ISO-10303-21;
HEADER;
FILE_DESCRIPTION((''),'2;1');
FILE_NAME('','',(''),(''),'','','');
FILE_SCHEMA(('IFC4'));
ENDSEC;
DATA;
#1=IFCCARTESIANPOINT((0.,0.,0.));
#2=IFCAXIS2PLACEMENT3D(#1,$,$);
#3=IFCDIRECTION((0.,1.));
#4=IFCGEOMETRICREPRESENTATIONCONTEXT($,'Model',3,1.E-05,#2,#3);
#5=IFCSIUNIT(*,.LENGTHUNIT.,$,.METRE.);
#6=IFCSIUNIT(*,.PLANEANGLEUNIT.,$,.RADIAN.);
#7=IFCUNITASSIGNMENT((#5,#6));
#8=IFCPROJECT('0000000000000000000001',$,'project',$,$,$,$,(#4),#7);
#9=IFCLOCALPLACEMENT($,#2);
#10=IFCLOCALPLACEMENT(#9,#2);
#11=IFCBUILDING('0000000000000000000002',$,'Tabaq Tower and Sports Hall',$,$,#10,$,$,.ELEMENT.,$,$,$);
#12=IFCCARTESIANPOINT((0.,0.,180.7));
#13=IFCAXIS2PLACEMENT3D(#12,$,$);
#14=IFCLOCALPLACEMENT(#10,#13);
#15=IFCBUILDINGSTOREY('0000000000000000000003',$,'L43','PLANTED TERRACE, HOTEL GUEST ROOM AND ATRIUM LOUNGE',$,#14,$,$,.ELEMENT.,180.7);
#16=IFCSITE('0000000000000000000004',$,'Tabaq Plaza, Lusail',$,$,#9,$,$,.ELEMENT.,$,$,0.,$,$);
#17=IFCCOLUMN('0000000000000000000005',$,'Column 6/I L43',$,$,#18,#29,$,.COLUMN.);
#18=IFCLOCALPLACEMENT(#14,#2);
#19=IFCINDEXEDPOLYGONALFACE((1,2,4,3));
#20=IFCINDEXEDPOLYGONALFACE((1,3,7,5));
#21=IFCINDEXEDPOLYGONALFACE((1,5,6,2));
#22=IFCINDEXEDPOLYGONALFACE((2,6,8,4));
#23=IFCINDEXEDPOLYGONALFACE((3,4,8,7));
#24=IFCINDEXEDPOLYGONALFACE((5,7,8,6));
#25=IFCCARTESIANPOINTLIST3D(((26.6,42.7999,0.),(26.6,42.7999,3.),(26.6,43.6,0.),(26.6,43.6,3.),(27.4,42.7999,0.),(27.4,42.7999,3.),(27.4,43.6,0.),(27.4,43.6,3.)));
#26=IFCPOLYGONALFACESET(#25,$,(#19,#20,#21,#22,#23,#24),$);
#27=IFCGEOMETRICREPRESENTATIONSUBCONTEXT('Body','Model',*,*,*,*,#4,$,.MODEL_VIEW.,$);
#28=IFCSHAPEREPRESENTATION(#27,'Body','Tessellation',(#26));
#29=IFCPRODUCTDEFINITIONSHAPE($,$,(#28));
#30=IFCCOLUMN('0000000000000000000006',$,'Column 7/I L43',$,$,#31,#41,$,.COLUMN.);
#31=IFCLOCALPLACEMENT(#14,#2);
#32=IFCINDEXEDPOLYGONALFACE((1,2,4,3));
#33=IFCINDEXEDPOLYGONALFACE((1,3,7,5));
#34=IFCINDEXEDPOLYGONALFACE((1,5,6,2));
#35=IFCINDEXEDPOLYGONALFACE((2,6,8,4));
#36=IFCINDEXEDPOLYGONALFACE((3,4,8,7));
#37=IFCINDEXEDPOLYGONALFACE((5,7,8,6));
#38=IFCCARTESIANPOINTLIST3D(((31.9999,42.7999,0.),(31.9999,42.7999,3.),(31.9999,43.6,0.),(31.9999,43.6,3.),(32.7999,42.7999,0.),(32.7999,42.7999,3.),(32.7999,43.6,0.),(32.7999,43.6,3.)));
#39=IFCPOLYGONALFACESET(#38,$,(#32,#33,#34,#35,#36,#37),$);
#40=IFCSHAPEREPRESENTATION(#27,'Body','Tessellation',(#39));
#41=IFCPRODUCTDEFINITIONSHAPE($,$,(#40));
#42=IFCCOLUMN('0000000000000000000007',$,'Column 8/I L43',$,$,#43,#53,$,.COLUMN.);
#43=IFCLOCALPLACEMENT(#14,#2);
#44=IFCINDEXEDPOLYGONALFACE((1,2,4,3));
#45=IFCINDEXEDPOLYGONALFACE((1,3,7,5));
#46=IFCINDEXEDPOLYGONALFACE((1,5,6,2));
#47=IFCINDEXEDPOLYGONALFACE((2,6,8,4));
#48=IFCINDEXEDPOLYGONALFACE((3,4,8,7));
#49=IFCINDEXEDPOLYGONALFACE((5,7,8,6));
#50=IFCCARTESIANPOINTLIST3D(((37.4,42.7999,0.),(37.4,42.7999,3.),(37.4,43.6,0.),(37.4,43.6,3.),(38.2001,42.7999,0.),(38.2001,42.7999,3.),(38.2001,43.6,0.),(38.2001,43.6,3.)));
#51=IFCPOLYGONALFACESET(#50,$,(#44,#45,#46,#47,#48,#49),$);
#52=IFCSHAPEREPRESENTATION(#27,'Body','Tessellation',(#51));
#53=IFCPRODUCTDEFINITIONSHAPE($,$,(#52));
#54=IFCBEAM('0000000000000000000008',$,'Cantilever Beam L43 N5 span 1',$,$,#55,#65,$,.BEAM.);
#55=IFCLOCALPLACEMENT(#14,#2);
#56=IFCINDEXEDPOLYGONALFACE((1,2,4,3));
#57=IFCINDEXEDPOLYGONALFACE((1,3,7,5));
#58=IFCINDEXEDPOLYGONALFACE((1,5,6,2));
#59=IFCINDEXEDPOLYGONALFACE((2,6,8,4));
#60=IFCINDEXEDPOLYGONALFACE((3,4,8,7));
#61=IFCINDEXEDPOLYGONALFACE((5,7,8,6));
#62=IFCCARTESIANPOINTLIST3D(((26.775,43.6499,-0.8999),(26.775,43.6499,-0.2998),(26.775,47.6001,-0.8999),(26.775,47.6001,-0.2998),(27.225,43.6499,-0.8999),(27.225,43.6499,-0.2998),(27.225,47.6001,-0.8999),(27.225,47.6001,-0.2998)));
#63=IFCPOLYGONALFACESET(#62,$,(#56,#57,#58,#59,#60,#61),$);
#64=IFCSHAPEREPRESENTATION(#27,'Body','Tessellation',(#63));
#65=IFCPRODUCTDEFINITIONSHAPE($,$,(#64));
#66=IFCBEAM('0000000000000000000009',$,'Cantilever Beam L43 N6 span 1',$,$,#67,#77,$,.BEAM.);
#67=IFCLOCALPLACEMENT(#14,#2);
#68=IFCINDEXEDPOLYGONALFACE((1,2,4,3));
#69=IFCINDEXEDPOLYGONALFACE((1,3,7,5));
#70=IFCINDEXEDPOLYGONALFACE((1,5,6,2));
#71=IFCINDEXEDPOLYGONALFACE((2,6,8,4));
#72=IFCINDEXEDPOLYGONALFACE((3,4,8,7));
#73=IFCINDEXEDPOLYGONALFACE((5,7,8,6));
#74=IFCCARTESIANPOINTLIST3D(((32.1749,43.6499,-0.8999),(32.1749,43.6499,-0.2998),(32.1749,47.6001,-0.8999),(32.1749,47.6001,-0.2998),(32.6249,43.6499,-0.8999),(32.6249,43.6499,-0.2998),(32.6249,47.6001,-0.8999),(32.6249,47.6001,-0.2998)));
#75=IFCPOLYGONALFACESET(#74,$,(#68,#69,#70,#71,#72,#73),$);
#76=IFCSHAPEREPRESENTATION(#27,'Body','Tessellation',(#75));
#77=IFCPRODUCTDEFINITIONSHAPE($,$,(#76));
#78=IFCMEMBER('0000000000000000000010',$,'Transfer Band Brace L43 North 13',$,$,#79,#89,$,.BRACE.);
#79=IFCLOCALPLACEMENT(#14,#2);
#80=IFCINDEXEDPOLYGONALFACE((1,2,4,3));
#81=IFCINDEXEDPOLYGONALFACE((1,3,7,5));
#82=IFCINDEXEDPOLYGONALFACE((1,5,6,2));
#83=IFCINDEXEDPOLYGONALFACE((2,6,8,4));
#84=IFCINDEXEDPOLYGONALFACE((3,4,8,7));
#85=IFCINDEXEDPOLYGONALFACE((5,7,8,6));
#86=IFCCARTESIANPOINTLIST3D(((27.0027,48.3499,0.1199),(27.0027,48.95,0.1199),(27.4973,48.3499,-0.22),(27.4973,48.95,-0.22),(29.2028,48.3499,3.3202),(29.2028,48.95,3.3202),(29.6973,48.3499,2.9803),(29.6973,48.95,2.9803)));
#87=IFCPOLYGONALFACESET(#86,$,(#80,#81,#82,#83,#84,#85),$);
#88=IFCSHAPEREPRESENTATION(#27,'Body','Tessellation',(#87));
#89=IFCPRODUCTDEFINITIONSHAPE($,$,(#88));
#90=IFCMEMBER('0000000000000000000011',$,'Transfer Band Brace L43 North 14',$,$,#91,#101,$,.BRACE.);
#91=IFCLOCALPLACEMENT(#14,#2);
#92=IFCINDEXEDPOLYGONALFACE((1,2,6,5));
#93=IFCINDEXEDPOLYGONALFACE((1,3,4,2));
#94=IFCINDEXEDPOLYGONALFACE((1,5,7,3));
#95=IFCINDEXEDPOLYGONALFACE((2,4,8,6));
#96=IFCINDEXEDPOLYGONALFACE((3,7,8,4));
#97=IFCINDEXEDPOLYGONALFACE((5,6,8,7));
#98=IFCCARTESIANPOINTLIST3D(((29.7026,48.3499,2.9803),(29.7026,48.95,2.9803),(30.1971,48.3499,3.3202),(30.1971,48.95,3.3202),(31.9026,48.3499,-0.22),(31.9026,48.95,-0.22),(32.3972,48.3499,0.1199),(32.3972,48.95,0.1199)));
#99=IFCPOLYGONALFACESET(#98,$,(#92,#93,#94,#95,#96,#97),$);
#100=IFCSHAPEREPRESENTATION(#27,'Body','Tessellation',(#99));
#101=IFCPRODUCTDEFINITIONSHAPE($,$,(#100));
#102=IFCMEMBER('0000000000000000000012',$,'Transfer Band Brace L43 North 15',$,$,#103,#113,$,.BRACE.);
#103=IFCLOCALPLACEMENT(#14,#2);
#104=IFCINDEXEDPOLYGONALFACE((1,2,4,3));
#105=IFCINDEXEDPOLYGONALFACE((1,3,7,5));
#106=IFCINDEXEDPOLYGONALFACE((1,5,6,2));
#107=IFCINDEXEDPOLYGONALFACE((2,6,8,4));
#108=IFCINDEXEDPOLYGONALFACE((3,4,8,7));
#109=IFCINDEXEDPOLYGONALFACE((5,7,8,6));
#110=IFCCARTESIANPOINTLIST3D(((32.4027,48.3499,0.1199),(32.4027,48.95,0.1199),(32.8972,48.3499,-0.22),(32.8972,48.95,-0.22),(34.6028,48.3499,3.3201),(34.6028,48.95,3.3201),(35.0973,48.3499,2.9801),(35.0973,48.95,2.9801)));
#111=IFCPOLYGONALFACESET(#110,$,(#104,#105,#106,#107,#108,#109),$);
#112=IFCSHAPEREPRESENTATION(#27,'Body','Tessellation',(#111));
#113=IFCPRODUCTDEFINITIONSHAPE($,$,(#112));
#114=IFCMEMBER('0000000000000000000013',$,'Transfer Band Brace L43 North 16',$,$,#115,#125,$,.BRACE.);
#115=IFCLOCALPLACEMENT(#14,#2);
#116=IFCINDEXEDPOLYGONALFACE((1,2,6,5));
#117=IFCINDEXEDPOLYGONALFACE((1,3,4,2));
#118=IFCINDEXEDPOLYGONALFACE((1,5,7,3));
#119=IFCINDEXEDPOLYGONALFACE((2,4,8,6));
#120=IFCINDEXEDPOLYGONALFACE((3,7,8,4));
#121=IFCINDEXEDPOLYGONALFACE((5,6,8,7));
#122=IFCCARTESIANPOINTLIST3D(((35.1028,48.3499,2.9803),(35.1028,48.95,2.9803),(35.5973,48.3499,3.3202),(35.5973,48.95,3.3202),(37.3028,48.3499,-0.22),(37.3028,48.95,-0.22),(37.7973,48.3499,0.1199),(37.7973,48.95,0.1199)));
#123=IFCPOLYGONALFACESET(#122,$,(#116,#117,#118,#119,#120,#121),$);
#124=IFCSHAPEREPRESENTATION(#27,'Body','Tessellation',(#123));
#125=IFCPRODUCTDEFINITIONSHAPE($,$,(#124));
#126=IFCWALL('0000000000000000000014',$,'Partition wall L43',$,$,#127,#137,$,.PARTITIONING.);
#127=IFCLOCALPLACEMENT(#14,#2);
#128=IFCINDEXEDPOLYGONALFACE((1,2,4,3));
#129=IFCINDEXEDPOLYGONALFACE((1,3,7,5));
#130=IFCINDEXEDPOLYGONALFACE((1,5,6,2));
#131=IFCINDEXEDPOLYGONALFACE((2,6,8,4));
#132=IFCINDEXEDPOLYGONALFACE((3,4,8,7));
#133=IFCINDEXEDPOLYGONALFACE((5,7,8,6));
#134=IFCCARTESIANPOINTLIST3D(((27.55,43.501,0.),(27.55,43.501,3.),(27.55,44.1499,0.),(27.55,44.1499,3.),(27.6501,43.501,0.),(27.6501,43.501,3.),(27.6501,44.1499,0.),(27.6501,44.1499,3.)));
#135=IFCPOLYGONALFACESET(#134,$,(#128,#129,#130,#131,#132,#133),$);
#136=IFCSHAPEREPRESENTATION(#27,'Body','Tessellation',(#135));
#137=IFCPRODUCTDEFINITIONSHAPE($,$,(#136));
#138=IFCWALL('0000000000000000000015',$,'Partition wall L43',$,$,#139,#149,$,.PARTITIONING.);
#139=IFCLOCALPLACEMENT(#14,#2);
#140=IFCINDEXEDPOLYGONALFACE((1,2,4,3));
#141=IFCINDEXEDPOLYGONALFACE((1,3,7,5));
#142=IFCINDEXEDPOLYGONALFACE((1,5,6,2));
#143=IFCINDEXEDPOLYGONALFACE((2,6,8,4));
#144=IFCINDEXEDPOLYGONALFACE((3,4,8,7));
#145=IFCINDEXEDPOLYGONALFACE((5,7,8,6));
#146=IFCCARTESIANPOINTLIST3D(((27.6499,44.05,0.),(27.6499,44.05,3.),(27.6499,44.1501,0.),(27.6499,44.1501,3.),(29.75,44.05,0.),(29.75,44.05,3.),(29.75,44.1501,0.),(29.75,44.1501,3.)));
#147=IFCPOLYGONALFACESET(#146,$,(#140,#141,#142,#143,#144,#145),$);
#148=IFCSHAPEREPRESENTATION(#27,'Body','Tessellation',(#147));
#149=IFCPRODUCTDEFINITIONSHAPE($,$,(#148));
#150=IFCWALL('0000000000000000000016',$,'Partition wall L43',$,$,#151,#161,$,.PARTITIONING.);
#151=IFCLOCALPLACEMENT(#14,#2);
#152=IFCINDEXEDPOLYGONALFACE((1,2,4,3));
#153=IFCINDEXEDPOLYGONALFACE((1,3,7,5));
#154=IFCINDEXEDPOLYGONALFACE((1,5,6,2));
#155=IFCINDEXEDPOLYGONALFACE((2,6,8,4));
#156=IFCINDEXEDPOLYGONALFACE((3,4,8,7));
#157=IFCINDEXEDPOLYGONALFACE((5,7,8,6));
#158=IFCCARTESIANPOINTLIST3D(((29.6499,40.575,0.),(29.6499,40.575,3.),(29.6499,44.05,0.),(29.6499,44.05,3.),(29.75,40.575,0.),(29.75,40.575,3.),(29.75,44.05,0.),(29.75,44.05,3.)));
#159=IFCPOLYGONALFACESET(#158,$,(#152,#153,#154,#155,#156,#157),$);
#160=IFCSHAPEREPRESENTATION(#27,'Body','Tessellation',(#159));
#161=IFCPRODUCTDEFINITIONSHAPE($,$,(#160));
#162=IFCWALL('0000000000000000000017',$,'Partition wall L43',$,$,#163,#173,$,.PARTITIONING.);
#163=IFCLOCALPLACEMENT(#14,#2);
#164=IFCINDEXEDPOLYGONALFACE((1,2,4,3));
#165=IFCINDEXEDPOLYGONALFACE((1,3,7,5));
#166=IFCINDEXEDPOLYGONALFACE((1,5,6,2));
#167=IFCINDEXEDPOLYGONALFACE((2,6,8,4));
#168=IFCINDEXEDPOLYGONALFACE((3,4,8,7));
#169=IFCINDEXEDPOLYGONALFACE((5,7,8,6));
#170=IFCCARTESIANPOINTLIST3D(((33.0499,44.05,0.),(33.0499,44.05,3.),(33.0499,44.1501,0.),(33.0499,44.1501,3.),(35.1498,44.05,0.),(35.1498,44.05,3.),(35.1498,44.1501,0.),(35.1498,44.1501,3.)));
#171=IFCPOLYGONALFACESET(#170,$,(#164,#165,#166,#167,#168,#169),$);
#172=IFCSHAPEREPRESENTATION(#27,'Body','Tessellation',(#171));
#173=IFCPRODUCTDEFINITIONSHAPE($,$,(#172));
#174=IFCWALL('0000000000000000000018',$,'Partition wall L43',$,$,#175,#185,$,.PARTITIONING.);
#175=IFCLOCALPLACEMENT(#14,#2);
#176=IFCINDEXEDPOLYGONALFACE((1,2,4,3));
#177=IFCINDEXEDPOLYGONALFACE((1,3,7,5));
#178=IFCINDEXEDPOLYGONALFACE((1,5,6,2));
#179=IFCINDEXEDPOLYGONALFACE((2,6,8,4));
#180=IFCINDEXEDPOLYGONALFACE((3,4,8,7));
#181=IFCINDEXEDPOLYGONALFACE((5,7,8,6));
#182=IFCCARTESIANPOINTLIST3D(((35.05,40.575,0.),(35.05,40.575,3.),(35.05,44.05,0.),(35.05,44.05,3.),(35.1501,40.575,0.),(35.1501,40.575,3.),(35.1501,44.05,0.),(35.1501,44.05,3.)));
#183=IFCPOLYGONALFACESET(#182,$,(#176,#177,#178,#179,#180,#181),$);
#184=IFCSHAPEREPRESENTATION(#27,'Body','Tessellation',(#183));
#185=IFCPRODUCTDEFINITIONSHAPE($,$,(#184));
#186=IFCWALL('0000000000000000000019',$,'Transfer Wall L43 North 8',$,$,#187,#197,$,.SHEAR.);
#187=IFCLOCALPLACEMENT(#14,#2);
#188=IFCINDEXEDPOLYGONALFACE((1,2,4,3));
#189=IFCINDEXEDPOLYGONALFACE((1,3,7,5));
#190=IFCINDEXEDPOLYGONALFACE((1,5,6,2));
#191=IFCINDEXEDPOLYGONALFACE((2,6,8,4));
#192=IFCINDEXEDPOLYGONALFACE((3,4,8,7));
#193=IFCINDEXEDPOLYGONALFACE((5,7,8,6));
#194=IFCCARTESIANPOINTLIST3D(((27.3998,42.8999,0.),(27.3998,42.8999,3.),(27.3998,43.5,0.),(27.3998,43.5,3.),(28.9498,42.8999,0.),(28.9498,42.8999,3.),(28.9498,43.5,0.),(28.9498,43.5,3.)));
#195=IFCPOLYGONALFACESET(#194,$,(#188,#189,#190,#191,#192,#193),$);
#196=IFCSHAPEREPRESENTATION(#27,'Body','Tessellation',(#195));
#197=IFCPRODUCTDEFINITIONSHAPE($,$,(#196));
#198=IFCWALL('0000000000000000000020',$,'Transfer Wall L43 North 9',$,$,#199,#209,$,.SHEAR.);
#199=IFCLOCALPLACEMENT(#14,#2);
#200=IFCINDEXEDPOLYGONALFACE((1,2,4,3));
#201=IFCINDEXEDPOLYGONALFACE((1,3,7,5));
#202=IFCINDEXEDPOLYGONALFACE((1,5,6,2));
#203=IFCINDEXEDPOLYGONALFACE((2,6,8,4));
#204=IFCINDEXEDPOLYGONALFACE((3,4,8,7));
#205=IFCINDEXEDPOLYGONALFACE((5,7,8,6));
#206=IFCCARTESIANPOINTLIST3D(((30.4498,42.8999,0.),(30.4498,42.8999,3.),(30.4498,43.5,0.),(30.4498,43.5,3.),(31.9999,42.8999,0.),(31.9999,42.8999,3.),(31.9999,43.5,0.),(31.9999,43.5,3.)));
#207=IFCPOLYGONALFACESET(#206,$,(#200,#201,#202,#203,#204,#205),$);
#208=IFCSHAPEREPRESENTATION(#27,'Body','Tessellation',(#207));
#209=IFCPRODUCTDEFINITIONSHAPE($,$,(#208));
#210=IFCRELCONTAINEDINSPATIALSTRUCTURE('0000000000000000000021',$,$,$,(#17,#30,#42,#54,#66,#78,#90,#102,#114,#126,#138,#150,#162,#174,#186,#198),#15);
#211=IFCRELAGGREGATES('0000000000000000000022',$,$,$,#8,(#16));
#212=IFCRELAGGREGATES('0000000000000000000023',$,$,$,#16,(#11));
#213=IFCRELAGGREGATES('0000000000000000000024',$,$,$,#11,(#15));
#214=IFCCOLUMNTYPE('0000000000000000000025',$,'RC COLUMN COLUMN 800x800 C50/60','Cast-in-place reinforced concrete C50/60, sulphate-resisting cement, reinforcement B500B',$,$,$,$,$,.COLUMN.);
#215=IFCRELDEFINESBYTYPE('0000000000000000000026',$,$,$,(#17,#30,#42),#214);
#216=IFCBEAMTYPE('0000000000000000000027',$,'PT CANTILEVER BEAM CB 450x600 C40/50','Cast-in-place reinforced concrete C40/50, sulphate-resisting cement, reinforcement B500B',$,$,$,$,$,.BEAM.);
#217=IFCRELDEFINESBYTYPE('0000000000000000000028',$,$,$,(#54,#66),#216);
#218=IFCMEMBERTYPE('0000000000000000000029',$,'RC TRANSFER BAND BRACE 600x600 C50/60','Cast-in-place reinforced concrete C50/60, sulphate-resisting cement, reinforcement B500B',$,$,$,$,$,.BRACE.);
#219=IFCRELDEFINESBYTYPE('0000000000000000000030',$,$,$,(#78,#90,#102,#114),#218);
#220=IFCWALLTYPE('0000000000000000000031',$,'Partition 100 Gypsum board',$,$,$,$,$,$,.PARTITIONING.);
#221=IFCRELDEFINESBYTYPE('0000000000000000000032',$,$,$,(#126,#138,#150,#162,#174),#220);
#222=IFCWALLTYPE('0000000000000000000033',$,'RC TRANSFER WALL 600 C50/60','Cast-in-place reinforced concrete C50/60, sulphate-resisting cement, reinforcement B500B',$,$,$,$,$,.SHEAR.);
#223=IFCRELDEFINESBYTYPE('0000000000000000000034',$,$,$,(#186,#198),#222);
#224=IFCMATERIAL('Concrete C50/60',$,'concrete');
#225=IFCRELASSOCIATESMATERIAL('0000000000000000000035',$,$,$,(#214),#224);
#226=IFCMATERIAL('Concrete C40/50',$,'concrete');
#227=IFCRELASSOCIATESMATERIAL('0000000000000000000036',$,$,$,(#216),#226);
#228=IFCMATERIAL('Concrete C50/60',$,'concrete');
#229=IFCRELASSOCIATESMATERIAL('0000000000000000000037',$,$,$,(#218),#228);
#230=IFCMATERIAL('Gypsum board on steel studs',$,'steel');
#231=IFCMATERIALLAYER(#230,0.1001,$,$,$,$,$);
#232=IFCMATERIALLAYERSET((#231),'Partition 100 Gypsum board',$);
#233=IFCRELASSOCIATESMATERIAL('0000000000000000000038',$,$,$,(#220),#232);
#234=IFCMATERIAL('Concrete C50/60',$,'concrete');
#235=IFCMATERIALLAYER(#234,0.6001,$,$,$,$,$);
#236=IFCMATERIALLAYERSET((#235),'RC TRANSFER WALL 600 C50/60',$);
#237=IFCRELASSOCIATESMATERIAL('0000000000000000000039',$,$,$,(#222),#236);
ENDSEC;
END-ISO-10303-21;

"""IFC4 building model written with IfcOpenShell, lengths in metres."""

from ifc_helpers import new_model, si_unit, direction, frame, frame_2d, origin, origin_2d, place, context, subcontext, project, spatial, rectangle, extrude, material, layer, layer_set, material_profile, profile_set, type_object, element, save


model = new_model("IFC4")

# Units and contexts
model_context = context("Model", 3, precision=1e-05, world=origin(), true_north=direction((0.0, 1.0)))
body_context = subcontext(model_context, "Body", "Model", "MODEL_VIEW")
ifc_project = project(units=[si_unit("LENGTHUNIT", "METRE"), si_unit("PLANEANGLEUNIT", "RADIAN")], contexts=[model_context])

# Site, building, storey
site_placement = place(None, origin())
site = spatial("IfcSite", under=ifc_project, at=site_placement, Name="Tabaq Plaza, Lusail", CompositionType="ELEMENT", RefElevation=0.0)
building_placement = place(site_placement, origin())
building = spatial("IfcBuilding", under=site, at=building_placement, Name="Tabaq Tower and Sports Hall", CompositionType="ELEMENT")
storey_placement = place(building_placement, frame((0.0, 0.0, 180.7)))
storey = spatial("IfcBuildingStorey", under=building, at=storey_placement, Name="L43", Description="PLANTED TERRACE, HOTEL GUEST ROOM AND ATRIUM LOUNGE", CompositionType="ELEMENT", Elevation=180.7)

# Columns
ifc_material_1 = material(Name="Concrete C50/60", Category="concrete")
ifc_material_profile_1 = material_profile(ifc_material_1, rectangle(XDim=0.8, YDim=0.8, at=origin_2d()), Name="COLUMN 800x800")
ifc_profile_set_1 = profile_set([ifc_material_profile_1], Name="Concrete C50/60")
column_type = type_object("IfcColumnType", Name="RC COLUMN COLUMN 800x800 C50/60", Description="Cast-in-place reinforced concrete C50/60, sulphate-resisting cement, reinforcement B500B", PredefinedType="COLUMN", material=ifc_profile_set_1)
for number, where, z_axis, x_axis, name in (
    (1, (27.0, 43.2, 0.0), (0.0, 0.0, 1.0), (1.0, 0.0, 0.0), "Column 6/I L43"),
    (2, (32.3999, 43.2, 0.0), (0.0, 0.0, 1.0), (1.0, 0.0, 0.0), "Column 7/I L43"),
    (3, (37.8, 43.2, 0.0), (0.0, 0.0, 1.0), (1.0, 0.0, 0.0), "Column 8/I L43"),
):
    element("IfcColumn", number, at=place(storey_placement, frame(where, z_axis=z_axis, x_axis=x_axis)), inside=storey, type_object=column_type, Name=name, PredefinedType="COLUMN", context=body_context, shape_type="SweptSolid", body=[
        extrude(rectangle(XDim=0.8, YDim=0.8, at=origin_2d()), origin(), (0.0, 0.0, 1.0), 3.0),
    ])

# Beams
ifc_material_2 = material(Name="Concrete C40/50", Category="concrete")
ifc_material_profile_2 = material_profile(ifc_material_2, rectangle(XDim=0.45, YDim=0.6001, at=origin_2d()), Name="CB 450x600")
ifc_profile_set_2 = profile_set([ifc_material_profile_2], Name="Concrete C40/50")
beam_type = type_object("IfcBeamType", Name="PT CANTILEVER BEAM CB 450x600 C40/50", Description="Cast-in-place reinforced concrete C40/50, sulphate-resisting cement, reinforcement B500B", PredefinedType="BEAM", material=ifc_profile_set_2)
for number, where, z_axis, x_axis, name in (
    (4, (27.0, 47.6001, -0.5999), (0.0, -1.0, 0.0), (1.0, 0.0, 0.0), "Cantilever Beam L43 N5 span 1"),
    (5, (32.3999, 47.6001, -0.5999), (0.0, -1.0, 0.0), (1.0, 0.0, 0.0), "Cantilever Beam L43 N6 span 1"),
):
    element("IfcBeam", number, at=place(storey_placement, frame(where, z_axis=z_axis, x_axis=x_axis)), inside=storey, type_object=beam_type, Name=name, PredefinedType="BEAM", context=body_context, shape_type="SweptSolid", body=[
        extrude(rectangle(XDim=0.45, YDim=0.6001, at=origin_2d()), origin(), (0.0, 0.0, 1.0), 3.9502),
    ])

# Members
ifc_material_3 = material(Name="Concrete C50/60", Category="concrete")
ifc_material_profile_3 = material_profile(ifc_material_3, rectangle(XDim=0.6001, YDim=0.6001, at=origin_2d()), Name="TRANSFER BAND BRACE 600x600")
ifc_profile_set_3 = profile_set([ifc_material_profile_3], Name="Concrete C50/60")
member_type = type_object("IfcMemberType", Name="RC TRANSFER BAND BRACE 600x600 C50/60", Description="Cast-in-place reinforced concrete C50/60, sulphate-resisting cement, reinforcement B500B", PredefinedType="BRACE", material=ifc_profile_set_3)
for number, where, z_axis, x_axis, name in (
    (6, (27.25, 48.6499, -0.05), (0.566497, 0.0, 0.824064), (0.0, 1.0, 0.0), "Transfer Band Brace L43 North 13"),
    (7, (32.1499, 48.6499, -0.05), (-0.566497, 0.0, 0.824064), (0.0, -1.0, 0.0), "Transfer Band Brace L43 North 14"),
    (8, (32.6499, 48.6499, -0.05), (0.566539, 0.0, 0.824035), (0.0, 1.0, 0.0), "Transfer Band Brace L43 North 15"),
    (9, (37.55, 48.6499, -0.05), (-0.566497, 0.0, 0.824064), (0.0, -1.0, 0.0), "Transfer Band Brace L43 North 16"),
):
    element("IfcMember", number, at=place(storey_placement, frame(where, z_axis=z_axis, x_axis=x_axis)), inside=storey, type_object=member_type, Name=name, PredefinedType="BRACE", context=body_context, shape_type="SweptSolid", body=[
        extrude(rectangle(XDim=0.6001, YDim=0.6001, at=origin_2d()), origin(), (0.0, 0.0, 1.0), 3.8835),
    ])

# Walls
ifc_material_4 = material(Name="Gypsum board on steel studs", Category="steel")
ifc_layer_1 = layer(ifc_material_4, 0.1001)
ifc_layer_set_1 = layer_set([ifc_layer_1], Name="Partition 100 Gypsum board")
wall_type_1 = type_object("IfcWallType", Name="Partition 100 Gypsum board", PredefinedType="PARTITIONING", material=ifc_layer_set_1)
wall_1_placement = place(storey_placement, frame((27.6001, 43.501, 0.0), z_axis=(0.0, 0.0, 1.0), x_axis=(0.0, 1.0, 0.0)))
element("IfcWall", 10, at=wall_1_placement, inside=storey, type_object=wall_type_1, Name="Partition wall L43", PredefinedType="PARTITIONING", context=body_context, shape_type="SweptSolid", body=[
    extrude(rectangle(XDim=0.6489, YDim=0.1001, at=frame_2d((0.3245, 0.0))), origin(), (0.0, 0.0, 1.0), 3.0),
])
wall_2_placement = place(storey_placement, frame((27.6499, 44.1001, 0.0), z_axis=(0.0, 0.0, 1.0), x_axis=(1.0, 0.0, 0.0)))
element("IfcWall", 11, at=wall_2_placement, inside=storey, type_object=wall_type_1, Name="Partition wall L43", PredefinedType="PARTITIONING", context=body_context, shape_type="SweptSolid", body=[
    extrude(rectangle(XDim=2.1001, YDim=0.1001, at=frame_2d((1.05, 0.0))), origin(), (0.0, 0.0, 1.0), 3.0),
])
wall_3_placement = place(storey_placement, frame((29.7, 44.05, 0.0), z_axis=(0.0, 0.0, 1.0), x_axis=(0.0, -1.0, 0.0)))
element("IfcWall", 12, at=wall_3_placement, inside=storey, type_object=wall_type_1, Name="Partition wall L43", PredefinedType="PARTITIONING", context=body_context, shape_type="SweptSolid", body=[
    extrude(rectangle(XDim=3.4751, YDim=0.1001, at=frame_2d((1.7375, 0.0))), origin(), (0.0, 0.0, 1.0), 3.0),
])
wall_4_placement = place(storey_placement, frame((33.05, 44.1001, 0.0), z_axis=(0.0, 0.0, 1.0), x_axis=(1.0, 0.0, 0.0)))
element("IfcWall", 13, at=wall_4_placement, inside=storey, type_object=wall_type_1, Name="Partition wall L43", PredefinedType="PARTITIONING", context=body_context, shape_type="SweptSolid", body=[
    extrude(rectangle(XDim=2.0999, YDim=0.1001, at=frame_2d((1.0498, 0.0))), origin(), (0.0, 0.0, 1.0), 3.0),
])
wall_5_placement = place(storey_placement, frame((35.1001, 44.05, 0.0), z_axis=(0.0, 0.0, 1.0), x_axis=(0.0, -1.0, 0.0)))
element("IfcWall", 14, at=wall_5_placement, inside=storey, type_object=wall_type_1, Name="Partition wall L43", PredefinedType="PARTITIONING", context=body_context, shape_type="SweptSolid", body=[
    extrude(rectangle(XDim=3.4751, YDim=0.1001, at=frame_2d((1.7375, 0.0))), origin(), (0.0, 0.0, 1.0), 3.0),
])
ifc_material_5 = material(Name="Concrete C50/60", Category="concrete")
ifc_layer_2 = layer(ifc_material_5, 0.6001)
ifc_layer_set_2 = layer_set([ifc_layer_2], Name="RC TRANSFER WALL 600 C50/60")
wall_type_2 = type_object("IfcWallType", Name="RC TRANSFER WALL 600 C50/60", Description="Cast-in-place reinforced concrete C50/60, sulphate-resisting cement, reinforcement B500B", PredefinedType="SHEAR", material=ifc_layer_set_2)
for number, where, z_axis, x_axis, name in (
    (15, (27.3999, 43.2, 0.0), (0.0, 0.0, 1.0), (1.0, 0.0, 0.0), "Transfer Wall L43 North 8"),
    (16, (30.45, 43.2, 0.0), (0.0, 0.0, 1.0), (1.0, 0.0, 0.0), "Transfer Wall L43 North 9"),
):
    element("IfcWall", number, at=place(storey_placement, frame(where, z_axis=z_axis, x_axis=x_axis)), inside=storey, type_object=wall_type_2, Name=name, PredefinedType="SHEAR", context=body_context, shape_type="SweptSolid", body=[
        extrude(rectangle(XDim=1.55, YDim=0.6001, at=frame_2d((0.7749, 0.0))), origin(), (0.0, 0.0, 1.0), 3.0),
    ])

save(model, "model.ifc")
